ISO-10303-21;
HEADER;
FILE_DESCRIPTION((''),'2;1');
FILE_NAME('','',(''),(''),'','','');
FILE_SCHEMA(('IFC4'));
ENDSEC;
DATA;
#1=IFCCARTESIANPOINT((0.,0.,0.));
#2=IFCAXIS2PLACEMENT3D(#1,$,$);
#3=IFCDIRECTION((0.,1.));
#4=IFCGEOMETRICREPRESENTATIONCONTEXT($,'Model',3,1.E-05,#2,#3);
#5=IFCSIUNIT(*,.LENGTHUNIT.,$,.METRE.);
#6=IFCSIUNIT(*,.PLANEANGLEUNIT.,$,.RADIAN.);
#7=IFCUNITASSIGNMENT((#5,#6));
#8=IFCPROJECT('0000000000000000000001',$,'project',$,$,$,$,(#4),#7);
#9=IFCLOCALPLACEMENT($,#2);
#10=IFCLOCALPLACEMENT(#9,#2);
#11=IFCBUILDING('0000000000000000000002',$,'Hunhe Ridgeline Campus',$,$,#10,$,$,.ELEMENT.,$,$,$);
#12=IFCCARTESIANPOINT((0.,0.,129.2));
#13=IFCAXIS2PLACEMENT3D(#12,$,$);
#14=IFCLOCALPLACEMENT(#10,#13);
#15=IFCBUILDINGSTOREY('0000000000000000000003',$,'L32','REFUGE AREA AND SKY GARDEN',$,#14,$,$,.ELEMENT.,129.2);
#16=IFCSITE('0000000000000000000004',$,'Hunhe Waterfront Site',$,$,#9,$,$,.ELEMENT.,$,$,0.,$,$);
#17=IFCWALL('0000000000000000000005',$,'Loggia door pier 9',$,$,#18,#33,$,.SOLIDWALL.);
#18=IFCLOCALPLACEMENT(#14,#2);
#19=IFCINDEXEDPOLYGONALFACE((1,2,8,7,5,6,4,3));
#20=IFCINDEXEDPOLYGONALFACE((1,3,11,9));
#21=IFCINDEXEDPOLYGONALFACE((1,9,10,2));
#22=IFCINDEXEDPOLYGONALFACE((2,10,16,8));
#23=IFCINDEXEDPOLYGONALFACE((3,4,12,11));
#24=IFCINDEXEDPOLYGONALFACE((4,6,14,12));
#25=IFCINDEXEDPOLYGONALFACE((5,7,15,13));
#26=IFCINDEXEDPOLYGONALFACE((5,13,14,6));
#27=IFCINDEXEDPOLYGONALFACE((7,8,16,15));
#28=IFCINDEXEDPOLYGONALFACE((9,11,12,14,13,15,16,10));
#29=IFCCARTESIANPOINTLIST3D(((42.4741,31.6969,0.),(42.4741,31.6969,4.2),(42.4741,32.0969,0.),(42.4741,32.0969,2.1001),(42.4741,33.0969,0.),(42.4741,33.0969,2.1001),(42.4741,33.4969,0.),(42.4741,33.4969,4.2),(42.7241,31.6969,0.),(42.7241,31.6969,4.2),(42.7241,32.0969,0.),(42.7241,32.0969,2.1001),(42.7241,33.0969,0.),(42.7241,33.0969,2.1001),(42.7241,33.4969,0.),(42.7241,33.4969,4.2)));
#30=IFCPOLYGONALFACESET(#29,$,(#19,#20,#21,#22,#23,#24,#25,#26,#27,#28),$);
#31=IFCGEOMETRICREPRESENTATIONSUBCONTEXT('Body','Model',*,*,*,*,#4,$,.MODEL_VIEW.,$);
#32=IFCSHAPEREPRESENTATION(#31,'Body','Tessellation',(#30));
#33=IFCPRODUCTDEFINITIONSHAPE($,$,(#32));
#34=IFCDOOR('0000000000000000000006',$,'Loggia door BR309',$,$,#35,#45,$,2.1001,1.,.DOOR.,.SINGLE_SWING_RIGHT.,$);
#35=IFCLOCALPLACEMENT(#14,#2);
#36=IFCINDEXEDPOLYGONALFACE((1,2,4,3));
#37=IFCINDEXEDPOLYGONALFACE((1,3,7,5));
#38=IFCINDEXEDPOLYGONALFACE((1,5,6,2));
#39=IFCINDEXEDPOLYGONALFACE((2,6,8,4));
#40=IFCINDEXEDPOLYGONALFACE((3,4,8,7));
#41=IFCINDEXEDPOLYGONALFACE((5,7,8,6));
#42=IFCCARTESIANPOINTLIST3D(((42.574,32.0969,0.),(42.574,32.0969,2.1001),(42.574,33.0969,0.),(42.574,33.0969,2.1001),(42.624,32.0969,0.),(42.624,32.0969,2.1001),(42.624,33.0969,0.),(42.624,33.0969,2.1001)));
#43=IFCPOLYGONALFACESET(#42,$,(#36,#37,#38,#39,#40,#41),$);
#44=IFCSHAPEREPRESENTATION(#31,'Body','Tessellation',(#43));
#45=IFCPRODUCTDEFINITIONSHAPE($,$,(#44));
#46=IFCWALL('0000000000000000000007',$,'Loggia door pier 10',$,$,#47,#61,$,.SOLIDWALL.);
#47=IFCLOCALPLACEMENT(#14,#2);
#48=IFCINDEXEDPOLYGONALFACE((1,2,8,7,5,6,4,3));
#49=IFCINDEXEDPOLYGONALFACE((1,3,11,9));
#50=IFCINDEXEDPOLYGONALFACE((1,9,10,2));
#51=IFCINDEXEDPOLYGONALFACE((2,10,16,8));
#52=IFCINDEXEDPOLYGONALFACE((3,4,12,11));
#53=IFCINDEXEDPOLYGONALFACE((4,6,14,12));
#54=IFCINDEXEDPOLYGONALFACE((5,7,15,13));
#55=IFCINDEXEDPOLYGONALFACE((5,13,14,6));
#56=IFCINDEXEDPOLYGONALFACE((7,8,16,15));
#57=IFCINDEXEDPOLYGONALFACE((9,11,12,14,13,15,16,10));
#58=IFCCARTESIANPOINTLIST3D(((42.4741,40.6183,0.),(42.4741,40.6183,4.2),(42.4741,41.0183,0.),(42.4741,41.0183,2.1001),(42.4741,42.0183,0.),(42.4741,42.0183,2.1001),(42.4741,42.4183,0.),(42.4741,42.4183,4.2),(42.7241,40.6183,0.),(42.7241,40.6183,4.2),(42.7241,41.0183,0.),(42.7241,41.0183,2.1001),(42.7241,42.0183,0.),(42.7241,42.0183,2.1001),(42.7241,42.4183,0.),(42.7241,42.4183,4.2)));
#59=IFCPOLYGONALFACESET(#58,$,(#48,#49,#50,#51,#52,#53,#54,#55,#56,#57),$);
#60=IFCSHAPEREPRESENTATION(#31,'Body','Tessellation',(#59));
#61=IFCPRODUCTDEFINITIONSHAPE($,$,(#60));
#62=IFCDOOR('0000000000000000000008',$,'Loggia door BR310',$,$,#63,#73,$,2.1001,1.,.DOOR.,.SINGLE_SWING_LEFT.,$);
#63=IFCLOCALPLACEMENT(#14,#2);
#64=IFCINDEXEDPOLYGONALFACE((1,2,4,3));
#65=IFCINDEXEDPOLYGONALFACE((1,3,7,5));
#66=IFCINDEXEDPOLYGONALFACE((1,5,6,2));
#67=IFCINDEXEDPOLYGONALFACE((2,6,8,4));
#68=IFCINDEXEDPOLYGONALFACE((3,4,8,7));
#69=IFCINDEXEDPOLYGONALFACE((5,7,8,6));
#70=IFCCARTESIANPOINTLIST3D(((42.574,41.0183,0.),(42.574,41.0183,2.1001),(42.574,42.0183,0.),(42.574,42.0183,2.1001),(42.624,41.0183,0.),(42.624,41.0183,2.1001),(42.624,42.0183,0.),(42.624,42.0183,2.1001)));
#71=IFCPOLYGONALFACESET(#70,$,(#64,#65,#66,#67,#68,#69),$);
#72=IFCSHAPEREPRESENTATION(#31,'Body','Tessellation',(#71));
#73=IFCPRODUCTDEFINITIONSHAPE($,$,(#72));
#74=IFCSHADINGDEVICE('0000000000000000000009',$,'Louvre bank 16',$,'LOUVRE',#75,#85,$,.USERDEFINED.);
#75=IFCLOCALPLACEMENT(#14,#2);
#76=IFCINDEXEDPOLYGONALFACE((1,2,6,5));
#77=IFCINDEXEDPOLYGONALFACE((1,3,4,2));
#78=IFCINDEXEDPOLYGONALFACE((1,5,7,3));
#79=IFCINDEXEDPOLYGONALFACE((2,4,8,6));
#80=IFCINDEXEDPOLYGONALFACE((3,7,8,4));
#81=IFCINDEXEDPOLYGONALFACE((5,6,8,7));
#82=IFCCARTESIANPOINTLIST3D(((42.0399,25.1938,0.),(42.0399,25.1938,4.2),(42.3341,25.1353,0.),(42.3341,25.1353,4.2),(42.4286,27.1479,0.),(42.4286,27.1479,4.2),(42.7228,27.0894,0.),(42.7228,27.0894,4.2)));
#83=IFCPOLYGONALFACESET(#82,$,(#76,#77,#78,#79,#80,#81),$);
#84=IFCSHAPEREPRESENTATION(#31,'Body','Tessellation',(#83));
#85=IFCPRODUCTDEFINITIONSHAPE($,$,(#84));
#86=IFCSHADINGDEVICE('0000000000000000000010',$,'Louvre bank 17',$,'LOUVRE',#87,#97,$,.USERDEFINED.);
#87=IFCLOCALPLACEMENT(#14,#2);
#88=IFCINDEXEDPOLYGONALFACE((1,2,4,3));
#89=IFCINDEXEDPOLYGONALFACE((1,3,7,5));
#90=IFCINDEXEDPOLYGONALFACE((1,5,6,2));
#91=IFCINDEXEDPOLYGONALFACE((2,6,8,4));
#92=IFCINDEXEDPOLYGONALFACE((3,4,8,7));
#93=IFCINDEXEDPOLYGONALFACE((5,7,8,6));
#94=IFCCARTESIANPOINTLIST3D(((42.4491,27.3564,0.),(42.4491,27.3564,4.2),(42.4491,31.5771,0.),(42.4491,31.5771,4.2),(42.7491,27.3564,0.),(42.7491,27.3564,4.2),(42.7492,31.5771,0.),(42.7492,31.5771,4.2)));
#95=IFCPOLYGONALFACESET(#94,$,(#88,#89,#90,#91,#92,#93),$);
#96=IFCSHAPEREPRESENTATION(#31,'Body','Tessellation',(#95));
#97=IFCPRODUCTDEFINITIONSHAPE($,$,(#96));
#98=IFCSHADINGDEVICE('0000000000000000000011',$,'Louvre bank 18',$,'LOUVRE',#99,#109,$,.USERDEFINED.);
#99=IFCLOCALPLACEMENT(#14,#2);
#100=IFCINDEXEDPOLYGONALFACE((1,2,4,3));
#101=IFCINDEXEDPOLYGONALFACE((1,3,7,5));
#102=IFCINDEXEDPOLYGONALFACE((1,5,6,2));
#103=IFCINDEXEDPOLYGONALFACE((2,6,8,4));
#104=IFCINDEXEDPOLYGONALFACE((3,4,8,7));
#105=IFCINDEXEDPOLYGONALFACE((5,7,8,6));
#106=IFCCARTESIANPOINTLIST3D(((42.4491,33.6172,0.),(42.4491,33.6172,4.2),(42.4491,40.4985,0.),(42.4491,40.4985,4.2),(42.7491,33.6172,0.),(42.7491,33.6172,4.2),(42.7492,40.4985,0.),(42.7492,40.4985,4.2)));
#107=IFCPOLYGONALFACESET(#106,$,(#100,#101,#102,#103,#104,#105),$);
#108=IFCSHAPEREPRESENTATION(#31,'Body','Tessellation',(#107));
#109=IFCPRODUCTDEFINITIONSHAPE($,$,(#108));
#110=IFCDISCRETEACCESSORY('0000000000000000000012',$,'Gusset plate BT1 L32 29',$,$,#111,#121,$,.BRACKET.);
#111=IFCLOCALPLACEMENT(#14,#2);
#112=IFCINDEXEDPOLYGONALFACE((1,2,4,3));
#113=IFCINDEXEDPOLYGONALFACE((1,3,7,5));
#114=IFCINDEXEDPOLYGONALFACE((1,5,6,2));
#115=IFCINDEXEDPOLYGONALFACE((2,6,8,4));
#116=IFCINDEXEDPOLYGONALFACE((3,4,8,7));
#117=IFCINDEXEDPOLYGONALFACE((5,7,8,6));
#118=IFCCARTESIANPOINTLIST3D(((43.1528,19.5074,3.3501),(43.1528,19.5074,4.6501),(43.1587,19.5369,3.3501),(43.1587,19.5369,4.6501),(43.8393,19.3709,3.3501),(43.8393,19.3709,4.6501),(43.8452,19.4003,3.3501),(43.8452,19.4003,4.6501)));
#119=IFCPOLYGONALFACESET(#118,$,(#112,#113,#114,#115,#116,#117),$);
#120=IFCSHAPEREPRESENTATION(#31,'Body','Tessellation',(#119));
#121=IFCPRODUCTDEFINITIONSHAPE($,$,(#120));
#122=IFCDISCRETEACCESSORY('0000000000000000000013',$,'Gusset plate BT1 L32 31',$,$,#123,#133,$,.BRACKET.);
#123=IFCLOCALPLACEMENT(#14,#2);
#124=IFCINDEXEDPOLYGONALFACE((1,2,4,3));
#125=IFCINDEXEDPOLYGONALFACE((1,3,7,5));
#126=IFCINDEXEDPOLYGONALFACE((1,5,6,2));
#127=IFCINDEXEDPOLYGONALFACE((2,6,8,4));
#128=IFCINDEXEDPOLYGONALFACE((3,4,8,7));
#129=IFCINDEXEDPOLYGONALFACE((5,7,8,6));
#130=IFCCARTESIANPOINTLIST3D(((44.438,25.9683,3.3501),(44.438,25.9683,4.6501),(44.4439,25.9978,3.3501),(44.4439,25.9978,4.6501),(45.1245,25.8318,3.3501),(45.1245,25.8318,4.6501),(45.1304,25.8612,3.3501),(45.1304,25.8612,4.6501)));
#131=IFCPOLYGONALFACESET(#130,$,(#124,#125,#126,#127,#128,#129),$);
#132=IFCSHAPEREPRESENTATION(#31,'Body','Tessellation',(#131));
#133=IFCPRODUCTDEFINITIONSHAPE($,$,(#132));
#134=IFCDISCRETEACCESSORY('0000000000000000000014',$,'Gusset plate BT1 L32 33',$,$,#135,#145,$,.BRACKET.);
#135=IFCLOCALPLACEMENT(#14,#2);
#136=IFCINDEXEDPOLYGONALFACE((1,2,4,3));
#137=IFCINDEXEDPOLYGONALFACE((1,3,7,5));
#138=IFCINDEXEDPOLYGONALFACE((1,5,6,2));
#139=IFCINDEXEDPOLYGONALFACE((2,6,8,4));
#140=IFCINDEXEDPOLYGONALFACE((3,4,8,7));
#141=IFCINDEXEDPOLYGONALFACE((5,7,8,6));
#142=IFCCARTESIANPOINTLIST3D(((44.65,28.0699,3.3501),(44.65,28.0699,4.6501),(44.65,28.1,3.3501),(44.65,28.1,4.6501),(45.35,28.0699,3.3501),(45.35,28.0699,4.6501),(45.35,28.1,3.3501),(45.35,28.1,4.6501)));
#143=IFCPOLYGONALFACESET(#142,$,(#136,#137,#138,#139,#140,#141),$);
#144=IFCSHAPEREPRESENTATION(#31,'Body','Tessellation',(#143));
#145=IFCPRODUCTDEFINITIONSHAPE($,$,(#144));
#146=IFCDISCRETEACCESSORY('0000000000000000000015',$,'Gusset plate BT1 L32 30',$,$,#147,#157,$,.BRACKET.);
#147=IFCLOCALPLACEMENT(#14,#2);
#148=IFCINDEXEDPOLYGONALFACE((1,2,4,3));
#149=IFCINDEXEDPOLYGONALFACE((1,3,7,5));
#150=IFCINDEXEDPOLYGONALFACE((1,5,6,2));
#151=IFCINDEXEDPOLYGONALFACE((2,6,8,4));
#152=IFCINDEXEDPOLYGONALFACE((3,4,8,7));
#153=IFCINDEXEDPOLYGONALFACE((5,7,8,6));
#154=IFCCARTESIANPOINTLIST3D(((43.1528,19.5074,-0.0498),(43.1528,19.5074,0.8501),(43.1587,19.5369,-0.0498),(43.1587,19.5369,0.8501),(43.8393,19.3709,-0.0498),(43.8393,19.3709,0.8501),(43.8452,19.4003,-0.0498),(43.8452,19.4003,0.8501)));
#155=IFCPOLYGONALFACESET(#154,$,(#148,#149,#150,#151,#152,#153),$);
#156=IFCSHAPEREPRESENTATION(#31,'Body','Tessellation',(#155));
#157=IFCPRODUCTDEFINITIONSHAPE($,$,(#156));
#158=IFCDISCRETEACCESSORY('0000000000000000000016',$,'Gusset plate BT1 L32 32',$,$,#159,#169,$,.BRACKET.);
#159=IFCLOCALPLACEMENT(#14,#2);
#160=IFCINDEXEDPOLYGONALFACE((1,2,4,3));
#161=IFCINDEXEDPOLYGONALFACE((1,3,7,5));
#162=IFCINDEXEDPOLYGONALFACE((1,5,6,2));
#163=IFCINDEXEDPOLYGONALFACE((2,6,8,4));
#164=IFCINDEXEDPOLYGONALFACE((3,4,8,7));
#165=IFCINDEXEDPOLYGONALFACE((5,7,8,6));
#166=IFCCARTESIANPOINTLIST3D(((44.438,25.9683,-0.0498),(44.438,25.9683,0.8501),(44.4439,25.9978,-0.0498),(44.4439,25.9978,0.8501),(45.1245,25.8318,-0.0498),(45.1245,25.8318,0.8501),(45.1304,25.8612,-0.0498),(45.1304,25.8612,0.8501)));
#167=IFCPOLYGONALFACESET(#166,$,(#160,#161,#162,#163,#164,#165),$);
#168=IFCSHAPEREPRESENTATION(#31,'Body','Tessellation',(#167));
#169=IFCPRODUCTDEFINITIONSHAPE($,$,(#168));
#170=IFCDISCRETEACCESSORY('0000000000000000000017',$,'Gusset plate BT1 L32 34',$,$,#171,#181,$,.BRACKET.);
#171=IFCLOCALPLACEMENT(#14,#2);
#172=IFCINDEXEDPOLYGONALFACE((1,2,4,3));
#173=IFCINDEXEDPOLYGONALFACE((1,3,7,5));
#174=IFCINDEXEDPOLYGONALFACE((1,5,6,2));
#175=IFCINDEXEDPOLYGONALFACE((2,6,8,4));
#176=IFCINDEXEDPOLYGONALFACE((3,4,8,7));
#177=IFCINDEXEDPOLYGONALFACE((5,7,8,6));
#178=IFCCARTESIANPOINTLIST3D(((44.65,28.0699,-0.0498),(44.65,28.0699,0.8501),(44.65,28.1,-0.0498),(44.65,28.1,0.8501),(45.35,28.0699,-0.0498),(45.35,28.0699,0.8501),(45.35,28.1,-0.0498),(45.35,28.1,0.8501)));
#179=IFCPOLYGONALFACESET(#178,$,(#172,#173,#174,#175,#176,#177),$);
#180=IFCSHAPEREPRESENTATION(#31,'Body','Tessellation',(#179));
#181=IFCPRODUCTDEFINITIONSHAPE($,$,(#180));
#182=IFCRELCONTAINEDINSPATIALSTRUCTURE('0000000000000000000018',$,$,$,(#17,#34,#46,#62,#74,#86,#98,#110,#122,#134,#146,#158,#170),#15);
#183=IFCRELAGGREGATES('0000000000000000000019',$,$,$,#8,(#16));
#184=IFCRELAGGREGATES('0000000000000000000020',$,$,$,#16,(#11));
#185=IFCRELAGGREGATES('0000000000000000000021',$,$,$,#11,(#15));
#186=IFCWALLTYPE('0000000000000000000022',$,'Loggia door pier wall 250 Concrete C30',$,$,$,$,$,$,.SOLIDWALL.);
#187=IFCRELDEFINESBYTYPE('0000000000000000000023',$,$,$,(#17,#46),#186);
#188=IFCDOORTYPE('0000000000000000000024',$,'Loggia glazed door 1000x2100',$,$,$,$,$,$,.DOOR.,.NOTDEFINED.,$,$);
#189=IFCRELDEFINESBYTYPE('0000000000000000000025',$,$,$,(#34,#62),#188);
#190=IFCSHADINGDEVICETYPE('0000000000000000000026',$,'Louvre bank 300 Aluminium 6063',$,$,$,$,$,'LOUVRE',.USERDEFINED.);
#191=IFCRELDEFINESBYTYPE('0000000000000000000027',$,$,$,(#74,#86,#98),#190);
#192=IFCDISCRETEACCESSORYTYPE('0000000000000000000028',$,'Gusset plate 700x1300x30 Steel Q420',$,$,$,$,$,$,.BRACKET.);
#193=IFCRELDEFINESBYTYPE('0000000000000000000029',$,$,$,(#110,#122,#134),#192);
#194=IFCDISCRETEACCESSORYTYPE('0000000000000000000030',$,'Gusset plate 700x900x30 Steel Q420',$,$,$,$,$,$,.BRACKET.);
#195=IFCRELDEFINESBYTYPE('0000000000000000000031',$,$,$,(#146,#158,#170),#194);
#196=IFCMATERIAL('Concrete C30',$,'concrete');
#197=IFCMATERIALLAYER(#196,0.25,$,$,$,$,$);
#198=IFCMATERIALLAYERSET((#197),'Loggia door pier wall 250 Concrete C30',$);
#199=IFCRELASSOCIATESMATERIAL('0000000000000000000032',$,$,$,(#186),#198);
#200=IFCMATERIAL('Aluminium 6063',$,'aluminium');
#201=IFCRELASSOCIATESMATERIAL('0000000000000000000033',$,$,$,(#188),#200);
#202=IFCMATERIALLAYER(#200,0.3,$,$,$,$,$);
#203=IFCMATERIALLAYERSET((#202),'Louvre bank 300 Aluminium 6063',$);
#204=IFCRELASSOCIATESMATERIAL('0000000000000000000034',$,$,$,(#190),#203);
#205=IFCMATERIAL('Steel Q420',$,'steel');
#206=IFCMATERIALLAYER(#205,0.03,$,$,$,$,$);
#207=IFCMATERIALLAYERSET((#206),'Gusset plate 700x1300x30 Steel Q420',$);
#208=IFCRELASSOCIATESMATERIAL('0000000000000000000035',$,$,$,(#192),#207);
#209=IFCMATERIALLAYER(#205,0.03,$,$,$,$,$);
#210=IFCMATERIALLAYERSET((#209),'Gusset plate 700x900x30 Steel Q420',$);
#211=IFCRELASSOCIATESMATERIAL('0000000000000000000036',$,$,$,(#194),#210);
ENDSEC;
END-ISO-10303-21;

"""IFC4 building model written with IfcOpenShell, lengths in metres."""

from ifc_helpers import new_model, si_unit, direction, frame, frame_2d, origin, origin_2d, place, context, subcontext, project, spatial, rectangle, extrude, material, layer, layer_set, type_object, element, fill, save


model = new_model("IFC4")

# Units and contexts
model_context = context("Model", 3, precision=1e-05, world=origin(), true_north=direction((0.0, 1.0)))
body_context = subcontext(model_context, "Body", "Model", "MODEL_VIEW")
ifc_project = project(units=[si_unit("LENGTHUNIT", "METRE"), si_unit("PLANEANGLEUNIT", "RADIAN")], contexts=[model_context])

# Site, building, storey
site_placement = place(None, origin())
site = spatial("IfcSite", under=ifc_project, at=site_placement, Name="Hunhe Waterfront Site", CompositionType="ELEMENT", RefElevation=0.0)
building_placement = place(site_placement, origin())
building = spatial("IfcBuilding", under=site, at=building_placement, Name="Hunhe Ridgeline Campus", CompositionType="ELEMENT")
storey_placement = place(building_placement, frame((0.0, 0.0, 129.2)))
storey = spatial("IfcBuildingStorey", under=building, at=storey_placement, Name="L32", Description="REFUGE AREA AND SKY GARDEN", CompositionType="ELEMENT", Elevation=129.2)

# Shared definitions
ifc_material_1 = material(Name="Steel Q420", Category="steel")
ifc_material_2 = material(Name="Aluminium 6063", Category="aluminium")

# Walls, openings, doors
ifc_material_3 = material(Name="Concrete C30", Category="concrete")
ifc_layer_1 = layer(ifc_material_3, 0.25)
ifc_layer_set_1 = layer_set([ifc_layer_1], Name="Loggia door pier wall 250 Concrete C30")
wall_type = type_object("IfcWallType", Name="Loggia door pier wall 250 Concrete C30", PredefinedType="SOLIDWALL", material=ifc_layer_set_1)
door_type = type_object("IfcDoorType", Name="Loggia glazed door 1000x2100", OperationType="NOTDEFINED", PredefinedType="DOOR", material=ifc_material_2)
wall_1_placement = place(storey_placement, frame((42.5991, 31.697, 0.0), z_axis=(0.0, 0.0, 1.0), x_axis=(0.0, 1.0, 0.0)))
wall_1 = element("IfcWall", 1, at=wall_1_placement, inside=storey, type_object=wall_type, Name="Loggia door pier 9", PredefinedType="SOLIDWALL", context=body_context, shape_type="SweptSolid", body=[
    extrude(rectangle(XDim=1.8, YDim=0.25, at=frame_2d((0.8999, 0.0))), origin(), (0.0, 0.0, 1.0), 4.2),
])
opening_1_placement = place(wall_1_placement, frame((0.3999, 0.0, 0.0)))
opening_1 = element("IfcOpeningElement", 2, at=opening_1_placement, cuts=wall_1, PredefinedType="OPENING", context=body_context, shape_type="SweptSolid", body=[
    extrude(rectangle(XDim=1.0, YDim=2.1001, at=frame_2d((0.5, 1.05))), frame((0.0, 0.125, 0.0), z_axis=(0.0, -1.0, 0.0), x_axis=(1.0, 0.0, 0.0)), (0.0, 0.0, 1.0), 0.25),
])
door_1_placement = place(opening_1_placement, frame((1.0, 0.0, 0.0), z_axis=(0.0, 0.0, 1.0), x_axis=(-1.0, 0.0, 0.0)))
door_1 = element("IfcDoor", 3, at=door_1_placement, inside=storey, type_object=door_type, Name="Loggia door BR309", OperationType="SINGLE_SWING_RIGHT", OverallHeight=2.1001, OverallWidth=1.0, PredefinedType="DOOR", context=body_context, shape_type="SweptSolid", body=[
    extrude(rectangle(XDim=1.0, YDim=2.1001, at=frame_2d((0.5, 1.05))), frame((0.0, 0.0249, 0.0), z_axis=(0.0, -1.0, 0.0), x_axis=(1.0, 0.0, 0.0)), (0.0, 0.0, 1.0), 0.05),
])
fill(opening_1, door_1)
wall_2_placement = place(storey_placement, frame((42.5991, 40.6184, 0.0), z_axis=(0.0, 0.0, 1.0), x_axis=(0.0, 1.0, 0.0)))
wall_2 = element("IfcWall", 4, at=wall_2_placement, inside=storey, type_object=wall_type, Name="Loggia door pier 10", PredefinedType="SOLIDWALL", context=body_context, shape_type="SweptSolid", body=[
    extrude(rectangle(XDim=1.8, YDim=0.25, at=frame_2d((0.8999, 0.0))), origin(), (0.0, 0.0, 1.0), 4.2),
])
opening_2_placement = place(wall_2_placement, frame((0.3999, 0.0, 0.0)))
opening_2 = element("IfcOpeningElement", 5, at=opening_2_placement, cuts=wall_2, PredefinedType="OPENING", context=body_context, shape_type="SweptSolid", body=[
    extrude(rectangle(XDim=1.0, YDim=2.1001, at=frame_2d((0.5, 1.05))), frame((0.0, 0.125, 0.0), z_axis=(0.0, -1.0, 0.0), x_axis=(1.0, 0.0, 0.0)), (0.0, 0.0, 1.0), 0.25),
])
door_2_placement = place(opening_2_placement, frame((1.0, 0.0, 0.0), z_axis=(0.0, 0.0, 1.0), x_axis=(-1.0, 0.0, 0.0)))
door_2 = element("IfcDoor", 6, at=door_2_placement, inside=storey, type_object=door_type, Name="Loggia door BR310", OperationType="SINGLE_SWING_LEFT", OverallHeight=2.1001, OverallWidth=1.0, PredefinedType="DOOR", context=body_context, shape_type="SweptSolid", body=[
    extrude(rectangle(XDim=1.0, YDim=2.1001, at=frame_2d((0.5, 1.05))), frame((0.0, 0.0249, 0.0), z_axis=(0.0, -1.0, 0.0), x_axis=(1.0, 0.0, 0.0)), (0.0, 0.0, 1.0), 0.05),
])
fill(opening_2, door_2)

# Shading devices
ifc_layer_2 = layer(ifc_material_2, 0.3)
ifc_layer_set_2 = layer_set([ifc_layer_2], Name="Louvre bank 300 Aluminium 6063")
shading_device_type = type_object("IfcShadingDeviceType", Name="Louvre bank 300 Aluminium 6063", ElementType="LOUVRE", PredefinedType="USERDEFINED", material=ifc_layer_set_2)
shading_device_1_placement = place(storey_placement, frame((42.3813, 26.1416, 0.0), z_axis=(0.0, 0.0, 1.0), x_axis=(0.19509, 0.980785, 0.0)))
element("IfcShadingDevice", 7, at=shading_device_1_placement, inside=storey, type_object=shading_device_type, Name="Louvre bank 16", ObjectType="LOUVRE", PredefinedType="USERDEFINED", context=body_context, shape_type="SweptSolid", body=[
    extrude(rectangle(XDim=1.9924, YDim=0.3, at=origin_2d()), origin(), (0.0, 0.0, 1.0), 4.2),
])
shading_device_2_placement = place(storey_placement, frame((42.5991, 29.4668, 0.0), z_axis=(0.0, 0.0, 1.0), x_axis=(0.000004, 1.0, 0.0)))
element("IfcShadingDevice", 8, at=shading_device_2_placement, inside=storey, type_object=shading_device_type, Name="Louvre bank 17", ObjectType="LOUVRE", PredefinedType="USERDEFINED", context=body_context, shape_type="SweptSolid", body=[
    extrude(rectangle(XDim=4.2207, YDim=0.3, at=origin_2d()), origin(), (0.0, 0.0, 1.0), 4.2),
])
shading_device_3_placement = place(storey_placement, frame((42.5991, 37.0579, 0.0), z_axis=(0.0, 0.0, 1.0), x_axis=(0.000004, 1.0, 0.0)))
element("IfcShadingDevice", 9, at=shading_device_3_placement, inside=storey, type_object=shading_device_type, Name="Louvre bank 18", ObjectType="LOUVRE", PredefinedType="USERDEFINED", context=body_context, shape_type="SweptSolid", body=[
    extrude(rectangle(XDim=6.8813, YDim=0.3, at=origin_2d()), origin(), (0.0, 0.0, 1.0), 4.2),
])

# Discrete accessories
ifc_layer_3 = layer(ifc_material_1, 0.03)
ifc_layer_set_3 = layer_set([ifc_layer_3], Name="Gusset plate 700x1300x30 Steel Q420")
discrete_accessory_type_1 = type_object("IfcDiscreteAccessoryType", Name="Gusset plate 700x1300x30 Steel Q420", PredefinedType="BRACKET", material=ifc_layer_set_3)
for number, where, z_axis, x_axis, name in (
    (10, (43.499, 19.4539, 3.3501), (0.0, 0.0, 1.0), (-0.19509, -0.980785, 0.0), "Gusset plate BT1 L32 29"),
    (11, (44.7842, 25.9148, 3.3501), (0.0, 0.0, 1.0), (0.19509, 0.980785, 0.0), "Gusset plate BT1 L32 31"),
    (12, (45.0, 28.085, 3.3501), (0.0, 0.0, 1.0), (0.0, -1.0, 0.0), "Gusset plate BT1 L32 33"),
):
    element("IfcDiscreteAccessory", number, at=place(storey_placement, frame(where, z_axis=z_axis, x_axis=x_axis)), inside=storey, type_object=discrete_accessory_type_1, Name=name, PredefinedType="BRACKET", context=body_context, shape_type="SweptSolid", body=[
        extrude(rectangle(XDim=0.03, YDim=0.7, at=origin_2d()), origin(), (0.0, 0.0, 1.0), 1.3),
    ])
ifc_layer_4 = layer(ifc_material_1, 0.03)
ifc_layer_set_4 = layer_set([ifc_layer_4], Name="Gusset plate 700x900x30 Steel Q420")
discrete_accessory_type_2 = type_object("IfcDiscreteAccessoryType", Name="Gusset plate 700x900x30 Steel Q420", PredefinedType="BRACKET", material=ifc_layer_set_4)
for number, where, z_axis, x_axis, name in (
    (13, (43.499, 19.4539, -0.0498), (0.0, 0.0, 1.0), (-0.19509, -0.980785, 0.0), "Gusset plate BT1 L32 30"),
    (14, (44.7842, 25.9148, -0.0498), (0.0, 0.0, 1.0), (0.19509, 0.980785, 0.0), "Gusset plate BT1 L32 32"),
    (15, (45.0, 28.085, -0.0498), (0.0, 0.0, 1.0), (0.0, -1.0, 0.0), "Gusset plate BT1 L32 34"),
):
    element("IfcDiscreteAccessory", number, at=place(storey_placement, frame(where, z_axis=z_axis, x_axis=x_axis)), inside=storey, type_object=discrete_accessory_type_2, Name=name, PredefinedType="BRACKET", context=body_context, shape_type="SweptSolid", body=[
        extrude(rectangle(XDim=0.03, YDim=0.7, at=origin_2d()), origin(), (0.0, 0.0, 1.0), 0.8999),
    ])

save(model, "model.ifc")
